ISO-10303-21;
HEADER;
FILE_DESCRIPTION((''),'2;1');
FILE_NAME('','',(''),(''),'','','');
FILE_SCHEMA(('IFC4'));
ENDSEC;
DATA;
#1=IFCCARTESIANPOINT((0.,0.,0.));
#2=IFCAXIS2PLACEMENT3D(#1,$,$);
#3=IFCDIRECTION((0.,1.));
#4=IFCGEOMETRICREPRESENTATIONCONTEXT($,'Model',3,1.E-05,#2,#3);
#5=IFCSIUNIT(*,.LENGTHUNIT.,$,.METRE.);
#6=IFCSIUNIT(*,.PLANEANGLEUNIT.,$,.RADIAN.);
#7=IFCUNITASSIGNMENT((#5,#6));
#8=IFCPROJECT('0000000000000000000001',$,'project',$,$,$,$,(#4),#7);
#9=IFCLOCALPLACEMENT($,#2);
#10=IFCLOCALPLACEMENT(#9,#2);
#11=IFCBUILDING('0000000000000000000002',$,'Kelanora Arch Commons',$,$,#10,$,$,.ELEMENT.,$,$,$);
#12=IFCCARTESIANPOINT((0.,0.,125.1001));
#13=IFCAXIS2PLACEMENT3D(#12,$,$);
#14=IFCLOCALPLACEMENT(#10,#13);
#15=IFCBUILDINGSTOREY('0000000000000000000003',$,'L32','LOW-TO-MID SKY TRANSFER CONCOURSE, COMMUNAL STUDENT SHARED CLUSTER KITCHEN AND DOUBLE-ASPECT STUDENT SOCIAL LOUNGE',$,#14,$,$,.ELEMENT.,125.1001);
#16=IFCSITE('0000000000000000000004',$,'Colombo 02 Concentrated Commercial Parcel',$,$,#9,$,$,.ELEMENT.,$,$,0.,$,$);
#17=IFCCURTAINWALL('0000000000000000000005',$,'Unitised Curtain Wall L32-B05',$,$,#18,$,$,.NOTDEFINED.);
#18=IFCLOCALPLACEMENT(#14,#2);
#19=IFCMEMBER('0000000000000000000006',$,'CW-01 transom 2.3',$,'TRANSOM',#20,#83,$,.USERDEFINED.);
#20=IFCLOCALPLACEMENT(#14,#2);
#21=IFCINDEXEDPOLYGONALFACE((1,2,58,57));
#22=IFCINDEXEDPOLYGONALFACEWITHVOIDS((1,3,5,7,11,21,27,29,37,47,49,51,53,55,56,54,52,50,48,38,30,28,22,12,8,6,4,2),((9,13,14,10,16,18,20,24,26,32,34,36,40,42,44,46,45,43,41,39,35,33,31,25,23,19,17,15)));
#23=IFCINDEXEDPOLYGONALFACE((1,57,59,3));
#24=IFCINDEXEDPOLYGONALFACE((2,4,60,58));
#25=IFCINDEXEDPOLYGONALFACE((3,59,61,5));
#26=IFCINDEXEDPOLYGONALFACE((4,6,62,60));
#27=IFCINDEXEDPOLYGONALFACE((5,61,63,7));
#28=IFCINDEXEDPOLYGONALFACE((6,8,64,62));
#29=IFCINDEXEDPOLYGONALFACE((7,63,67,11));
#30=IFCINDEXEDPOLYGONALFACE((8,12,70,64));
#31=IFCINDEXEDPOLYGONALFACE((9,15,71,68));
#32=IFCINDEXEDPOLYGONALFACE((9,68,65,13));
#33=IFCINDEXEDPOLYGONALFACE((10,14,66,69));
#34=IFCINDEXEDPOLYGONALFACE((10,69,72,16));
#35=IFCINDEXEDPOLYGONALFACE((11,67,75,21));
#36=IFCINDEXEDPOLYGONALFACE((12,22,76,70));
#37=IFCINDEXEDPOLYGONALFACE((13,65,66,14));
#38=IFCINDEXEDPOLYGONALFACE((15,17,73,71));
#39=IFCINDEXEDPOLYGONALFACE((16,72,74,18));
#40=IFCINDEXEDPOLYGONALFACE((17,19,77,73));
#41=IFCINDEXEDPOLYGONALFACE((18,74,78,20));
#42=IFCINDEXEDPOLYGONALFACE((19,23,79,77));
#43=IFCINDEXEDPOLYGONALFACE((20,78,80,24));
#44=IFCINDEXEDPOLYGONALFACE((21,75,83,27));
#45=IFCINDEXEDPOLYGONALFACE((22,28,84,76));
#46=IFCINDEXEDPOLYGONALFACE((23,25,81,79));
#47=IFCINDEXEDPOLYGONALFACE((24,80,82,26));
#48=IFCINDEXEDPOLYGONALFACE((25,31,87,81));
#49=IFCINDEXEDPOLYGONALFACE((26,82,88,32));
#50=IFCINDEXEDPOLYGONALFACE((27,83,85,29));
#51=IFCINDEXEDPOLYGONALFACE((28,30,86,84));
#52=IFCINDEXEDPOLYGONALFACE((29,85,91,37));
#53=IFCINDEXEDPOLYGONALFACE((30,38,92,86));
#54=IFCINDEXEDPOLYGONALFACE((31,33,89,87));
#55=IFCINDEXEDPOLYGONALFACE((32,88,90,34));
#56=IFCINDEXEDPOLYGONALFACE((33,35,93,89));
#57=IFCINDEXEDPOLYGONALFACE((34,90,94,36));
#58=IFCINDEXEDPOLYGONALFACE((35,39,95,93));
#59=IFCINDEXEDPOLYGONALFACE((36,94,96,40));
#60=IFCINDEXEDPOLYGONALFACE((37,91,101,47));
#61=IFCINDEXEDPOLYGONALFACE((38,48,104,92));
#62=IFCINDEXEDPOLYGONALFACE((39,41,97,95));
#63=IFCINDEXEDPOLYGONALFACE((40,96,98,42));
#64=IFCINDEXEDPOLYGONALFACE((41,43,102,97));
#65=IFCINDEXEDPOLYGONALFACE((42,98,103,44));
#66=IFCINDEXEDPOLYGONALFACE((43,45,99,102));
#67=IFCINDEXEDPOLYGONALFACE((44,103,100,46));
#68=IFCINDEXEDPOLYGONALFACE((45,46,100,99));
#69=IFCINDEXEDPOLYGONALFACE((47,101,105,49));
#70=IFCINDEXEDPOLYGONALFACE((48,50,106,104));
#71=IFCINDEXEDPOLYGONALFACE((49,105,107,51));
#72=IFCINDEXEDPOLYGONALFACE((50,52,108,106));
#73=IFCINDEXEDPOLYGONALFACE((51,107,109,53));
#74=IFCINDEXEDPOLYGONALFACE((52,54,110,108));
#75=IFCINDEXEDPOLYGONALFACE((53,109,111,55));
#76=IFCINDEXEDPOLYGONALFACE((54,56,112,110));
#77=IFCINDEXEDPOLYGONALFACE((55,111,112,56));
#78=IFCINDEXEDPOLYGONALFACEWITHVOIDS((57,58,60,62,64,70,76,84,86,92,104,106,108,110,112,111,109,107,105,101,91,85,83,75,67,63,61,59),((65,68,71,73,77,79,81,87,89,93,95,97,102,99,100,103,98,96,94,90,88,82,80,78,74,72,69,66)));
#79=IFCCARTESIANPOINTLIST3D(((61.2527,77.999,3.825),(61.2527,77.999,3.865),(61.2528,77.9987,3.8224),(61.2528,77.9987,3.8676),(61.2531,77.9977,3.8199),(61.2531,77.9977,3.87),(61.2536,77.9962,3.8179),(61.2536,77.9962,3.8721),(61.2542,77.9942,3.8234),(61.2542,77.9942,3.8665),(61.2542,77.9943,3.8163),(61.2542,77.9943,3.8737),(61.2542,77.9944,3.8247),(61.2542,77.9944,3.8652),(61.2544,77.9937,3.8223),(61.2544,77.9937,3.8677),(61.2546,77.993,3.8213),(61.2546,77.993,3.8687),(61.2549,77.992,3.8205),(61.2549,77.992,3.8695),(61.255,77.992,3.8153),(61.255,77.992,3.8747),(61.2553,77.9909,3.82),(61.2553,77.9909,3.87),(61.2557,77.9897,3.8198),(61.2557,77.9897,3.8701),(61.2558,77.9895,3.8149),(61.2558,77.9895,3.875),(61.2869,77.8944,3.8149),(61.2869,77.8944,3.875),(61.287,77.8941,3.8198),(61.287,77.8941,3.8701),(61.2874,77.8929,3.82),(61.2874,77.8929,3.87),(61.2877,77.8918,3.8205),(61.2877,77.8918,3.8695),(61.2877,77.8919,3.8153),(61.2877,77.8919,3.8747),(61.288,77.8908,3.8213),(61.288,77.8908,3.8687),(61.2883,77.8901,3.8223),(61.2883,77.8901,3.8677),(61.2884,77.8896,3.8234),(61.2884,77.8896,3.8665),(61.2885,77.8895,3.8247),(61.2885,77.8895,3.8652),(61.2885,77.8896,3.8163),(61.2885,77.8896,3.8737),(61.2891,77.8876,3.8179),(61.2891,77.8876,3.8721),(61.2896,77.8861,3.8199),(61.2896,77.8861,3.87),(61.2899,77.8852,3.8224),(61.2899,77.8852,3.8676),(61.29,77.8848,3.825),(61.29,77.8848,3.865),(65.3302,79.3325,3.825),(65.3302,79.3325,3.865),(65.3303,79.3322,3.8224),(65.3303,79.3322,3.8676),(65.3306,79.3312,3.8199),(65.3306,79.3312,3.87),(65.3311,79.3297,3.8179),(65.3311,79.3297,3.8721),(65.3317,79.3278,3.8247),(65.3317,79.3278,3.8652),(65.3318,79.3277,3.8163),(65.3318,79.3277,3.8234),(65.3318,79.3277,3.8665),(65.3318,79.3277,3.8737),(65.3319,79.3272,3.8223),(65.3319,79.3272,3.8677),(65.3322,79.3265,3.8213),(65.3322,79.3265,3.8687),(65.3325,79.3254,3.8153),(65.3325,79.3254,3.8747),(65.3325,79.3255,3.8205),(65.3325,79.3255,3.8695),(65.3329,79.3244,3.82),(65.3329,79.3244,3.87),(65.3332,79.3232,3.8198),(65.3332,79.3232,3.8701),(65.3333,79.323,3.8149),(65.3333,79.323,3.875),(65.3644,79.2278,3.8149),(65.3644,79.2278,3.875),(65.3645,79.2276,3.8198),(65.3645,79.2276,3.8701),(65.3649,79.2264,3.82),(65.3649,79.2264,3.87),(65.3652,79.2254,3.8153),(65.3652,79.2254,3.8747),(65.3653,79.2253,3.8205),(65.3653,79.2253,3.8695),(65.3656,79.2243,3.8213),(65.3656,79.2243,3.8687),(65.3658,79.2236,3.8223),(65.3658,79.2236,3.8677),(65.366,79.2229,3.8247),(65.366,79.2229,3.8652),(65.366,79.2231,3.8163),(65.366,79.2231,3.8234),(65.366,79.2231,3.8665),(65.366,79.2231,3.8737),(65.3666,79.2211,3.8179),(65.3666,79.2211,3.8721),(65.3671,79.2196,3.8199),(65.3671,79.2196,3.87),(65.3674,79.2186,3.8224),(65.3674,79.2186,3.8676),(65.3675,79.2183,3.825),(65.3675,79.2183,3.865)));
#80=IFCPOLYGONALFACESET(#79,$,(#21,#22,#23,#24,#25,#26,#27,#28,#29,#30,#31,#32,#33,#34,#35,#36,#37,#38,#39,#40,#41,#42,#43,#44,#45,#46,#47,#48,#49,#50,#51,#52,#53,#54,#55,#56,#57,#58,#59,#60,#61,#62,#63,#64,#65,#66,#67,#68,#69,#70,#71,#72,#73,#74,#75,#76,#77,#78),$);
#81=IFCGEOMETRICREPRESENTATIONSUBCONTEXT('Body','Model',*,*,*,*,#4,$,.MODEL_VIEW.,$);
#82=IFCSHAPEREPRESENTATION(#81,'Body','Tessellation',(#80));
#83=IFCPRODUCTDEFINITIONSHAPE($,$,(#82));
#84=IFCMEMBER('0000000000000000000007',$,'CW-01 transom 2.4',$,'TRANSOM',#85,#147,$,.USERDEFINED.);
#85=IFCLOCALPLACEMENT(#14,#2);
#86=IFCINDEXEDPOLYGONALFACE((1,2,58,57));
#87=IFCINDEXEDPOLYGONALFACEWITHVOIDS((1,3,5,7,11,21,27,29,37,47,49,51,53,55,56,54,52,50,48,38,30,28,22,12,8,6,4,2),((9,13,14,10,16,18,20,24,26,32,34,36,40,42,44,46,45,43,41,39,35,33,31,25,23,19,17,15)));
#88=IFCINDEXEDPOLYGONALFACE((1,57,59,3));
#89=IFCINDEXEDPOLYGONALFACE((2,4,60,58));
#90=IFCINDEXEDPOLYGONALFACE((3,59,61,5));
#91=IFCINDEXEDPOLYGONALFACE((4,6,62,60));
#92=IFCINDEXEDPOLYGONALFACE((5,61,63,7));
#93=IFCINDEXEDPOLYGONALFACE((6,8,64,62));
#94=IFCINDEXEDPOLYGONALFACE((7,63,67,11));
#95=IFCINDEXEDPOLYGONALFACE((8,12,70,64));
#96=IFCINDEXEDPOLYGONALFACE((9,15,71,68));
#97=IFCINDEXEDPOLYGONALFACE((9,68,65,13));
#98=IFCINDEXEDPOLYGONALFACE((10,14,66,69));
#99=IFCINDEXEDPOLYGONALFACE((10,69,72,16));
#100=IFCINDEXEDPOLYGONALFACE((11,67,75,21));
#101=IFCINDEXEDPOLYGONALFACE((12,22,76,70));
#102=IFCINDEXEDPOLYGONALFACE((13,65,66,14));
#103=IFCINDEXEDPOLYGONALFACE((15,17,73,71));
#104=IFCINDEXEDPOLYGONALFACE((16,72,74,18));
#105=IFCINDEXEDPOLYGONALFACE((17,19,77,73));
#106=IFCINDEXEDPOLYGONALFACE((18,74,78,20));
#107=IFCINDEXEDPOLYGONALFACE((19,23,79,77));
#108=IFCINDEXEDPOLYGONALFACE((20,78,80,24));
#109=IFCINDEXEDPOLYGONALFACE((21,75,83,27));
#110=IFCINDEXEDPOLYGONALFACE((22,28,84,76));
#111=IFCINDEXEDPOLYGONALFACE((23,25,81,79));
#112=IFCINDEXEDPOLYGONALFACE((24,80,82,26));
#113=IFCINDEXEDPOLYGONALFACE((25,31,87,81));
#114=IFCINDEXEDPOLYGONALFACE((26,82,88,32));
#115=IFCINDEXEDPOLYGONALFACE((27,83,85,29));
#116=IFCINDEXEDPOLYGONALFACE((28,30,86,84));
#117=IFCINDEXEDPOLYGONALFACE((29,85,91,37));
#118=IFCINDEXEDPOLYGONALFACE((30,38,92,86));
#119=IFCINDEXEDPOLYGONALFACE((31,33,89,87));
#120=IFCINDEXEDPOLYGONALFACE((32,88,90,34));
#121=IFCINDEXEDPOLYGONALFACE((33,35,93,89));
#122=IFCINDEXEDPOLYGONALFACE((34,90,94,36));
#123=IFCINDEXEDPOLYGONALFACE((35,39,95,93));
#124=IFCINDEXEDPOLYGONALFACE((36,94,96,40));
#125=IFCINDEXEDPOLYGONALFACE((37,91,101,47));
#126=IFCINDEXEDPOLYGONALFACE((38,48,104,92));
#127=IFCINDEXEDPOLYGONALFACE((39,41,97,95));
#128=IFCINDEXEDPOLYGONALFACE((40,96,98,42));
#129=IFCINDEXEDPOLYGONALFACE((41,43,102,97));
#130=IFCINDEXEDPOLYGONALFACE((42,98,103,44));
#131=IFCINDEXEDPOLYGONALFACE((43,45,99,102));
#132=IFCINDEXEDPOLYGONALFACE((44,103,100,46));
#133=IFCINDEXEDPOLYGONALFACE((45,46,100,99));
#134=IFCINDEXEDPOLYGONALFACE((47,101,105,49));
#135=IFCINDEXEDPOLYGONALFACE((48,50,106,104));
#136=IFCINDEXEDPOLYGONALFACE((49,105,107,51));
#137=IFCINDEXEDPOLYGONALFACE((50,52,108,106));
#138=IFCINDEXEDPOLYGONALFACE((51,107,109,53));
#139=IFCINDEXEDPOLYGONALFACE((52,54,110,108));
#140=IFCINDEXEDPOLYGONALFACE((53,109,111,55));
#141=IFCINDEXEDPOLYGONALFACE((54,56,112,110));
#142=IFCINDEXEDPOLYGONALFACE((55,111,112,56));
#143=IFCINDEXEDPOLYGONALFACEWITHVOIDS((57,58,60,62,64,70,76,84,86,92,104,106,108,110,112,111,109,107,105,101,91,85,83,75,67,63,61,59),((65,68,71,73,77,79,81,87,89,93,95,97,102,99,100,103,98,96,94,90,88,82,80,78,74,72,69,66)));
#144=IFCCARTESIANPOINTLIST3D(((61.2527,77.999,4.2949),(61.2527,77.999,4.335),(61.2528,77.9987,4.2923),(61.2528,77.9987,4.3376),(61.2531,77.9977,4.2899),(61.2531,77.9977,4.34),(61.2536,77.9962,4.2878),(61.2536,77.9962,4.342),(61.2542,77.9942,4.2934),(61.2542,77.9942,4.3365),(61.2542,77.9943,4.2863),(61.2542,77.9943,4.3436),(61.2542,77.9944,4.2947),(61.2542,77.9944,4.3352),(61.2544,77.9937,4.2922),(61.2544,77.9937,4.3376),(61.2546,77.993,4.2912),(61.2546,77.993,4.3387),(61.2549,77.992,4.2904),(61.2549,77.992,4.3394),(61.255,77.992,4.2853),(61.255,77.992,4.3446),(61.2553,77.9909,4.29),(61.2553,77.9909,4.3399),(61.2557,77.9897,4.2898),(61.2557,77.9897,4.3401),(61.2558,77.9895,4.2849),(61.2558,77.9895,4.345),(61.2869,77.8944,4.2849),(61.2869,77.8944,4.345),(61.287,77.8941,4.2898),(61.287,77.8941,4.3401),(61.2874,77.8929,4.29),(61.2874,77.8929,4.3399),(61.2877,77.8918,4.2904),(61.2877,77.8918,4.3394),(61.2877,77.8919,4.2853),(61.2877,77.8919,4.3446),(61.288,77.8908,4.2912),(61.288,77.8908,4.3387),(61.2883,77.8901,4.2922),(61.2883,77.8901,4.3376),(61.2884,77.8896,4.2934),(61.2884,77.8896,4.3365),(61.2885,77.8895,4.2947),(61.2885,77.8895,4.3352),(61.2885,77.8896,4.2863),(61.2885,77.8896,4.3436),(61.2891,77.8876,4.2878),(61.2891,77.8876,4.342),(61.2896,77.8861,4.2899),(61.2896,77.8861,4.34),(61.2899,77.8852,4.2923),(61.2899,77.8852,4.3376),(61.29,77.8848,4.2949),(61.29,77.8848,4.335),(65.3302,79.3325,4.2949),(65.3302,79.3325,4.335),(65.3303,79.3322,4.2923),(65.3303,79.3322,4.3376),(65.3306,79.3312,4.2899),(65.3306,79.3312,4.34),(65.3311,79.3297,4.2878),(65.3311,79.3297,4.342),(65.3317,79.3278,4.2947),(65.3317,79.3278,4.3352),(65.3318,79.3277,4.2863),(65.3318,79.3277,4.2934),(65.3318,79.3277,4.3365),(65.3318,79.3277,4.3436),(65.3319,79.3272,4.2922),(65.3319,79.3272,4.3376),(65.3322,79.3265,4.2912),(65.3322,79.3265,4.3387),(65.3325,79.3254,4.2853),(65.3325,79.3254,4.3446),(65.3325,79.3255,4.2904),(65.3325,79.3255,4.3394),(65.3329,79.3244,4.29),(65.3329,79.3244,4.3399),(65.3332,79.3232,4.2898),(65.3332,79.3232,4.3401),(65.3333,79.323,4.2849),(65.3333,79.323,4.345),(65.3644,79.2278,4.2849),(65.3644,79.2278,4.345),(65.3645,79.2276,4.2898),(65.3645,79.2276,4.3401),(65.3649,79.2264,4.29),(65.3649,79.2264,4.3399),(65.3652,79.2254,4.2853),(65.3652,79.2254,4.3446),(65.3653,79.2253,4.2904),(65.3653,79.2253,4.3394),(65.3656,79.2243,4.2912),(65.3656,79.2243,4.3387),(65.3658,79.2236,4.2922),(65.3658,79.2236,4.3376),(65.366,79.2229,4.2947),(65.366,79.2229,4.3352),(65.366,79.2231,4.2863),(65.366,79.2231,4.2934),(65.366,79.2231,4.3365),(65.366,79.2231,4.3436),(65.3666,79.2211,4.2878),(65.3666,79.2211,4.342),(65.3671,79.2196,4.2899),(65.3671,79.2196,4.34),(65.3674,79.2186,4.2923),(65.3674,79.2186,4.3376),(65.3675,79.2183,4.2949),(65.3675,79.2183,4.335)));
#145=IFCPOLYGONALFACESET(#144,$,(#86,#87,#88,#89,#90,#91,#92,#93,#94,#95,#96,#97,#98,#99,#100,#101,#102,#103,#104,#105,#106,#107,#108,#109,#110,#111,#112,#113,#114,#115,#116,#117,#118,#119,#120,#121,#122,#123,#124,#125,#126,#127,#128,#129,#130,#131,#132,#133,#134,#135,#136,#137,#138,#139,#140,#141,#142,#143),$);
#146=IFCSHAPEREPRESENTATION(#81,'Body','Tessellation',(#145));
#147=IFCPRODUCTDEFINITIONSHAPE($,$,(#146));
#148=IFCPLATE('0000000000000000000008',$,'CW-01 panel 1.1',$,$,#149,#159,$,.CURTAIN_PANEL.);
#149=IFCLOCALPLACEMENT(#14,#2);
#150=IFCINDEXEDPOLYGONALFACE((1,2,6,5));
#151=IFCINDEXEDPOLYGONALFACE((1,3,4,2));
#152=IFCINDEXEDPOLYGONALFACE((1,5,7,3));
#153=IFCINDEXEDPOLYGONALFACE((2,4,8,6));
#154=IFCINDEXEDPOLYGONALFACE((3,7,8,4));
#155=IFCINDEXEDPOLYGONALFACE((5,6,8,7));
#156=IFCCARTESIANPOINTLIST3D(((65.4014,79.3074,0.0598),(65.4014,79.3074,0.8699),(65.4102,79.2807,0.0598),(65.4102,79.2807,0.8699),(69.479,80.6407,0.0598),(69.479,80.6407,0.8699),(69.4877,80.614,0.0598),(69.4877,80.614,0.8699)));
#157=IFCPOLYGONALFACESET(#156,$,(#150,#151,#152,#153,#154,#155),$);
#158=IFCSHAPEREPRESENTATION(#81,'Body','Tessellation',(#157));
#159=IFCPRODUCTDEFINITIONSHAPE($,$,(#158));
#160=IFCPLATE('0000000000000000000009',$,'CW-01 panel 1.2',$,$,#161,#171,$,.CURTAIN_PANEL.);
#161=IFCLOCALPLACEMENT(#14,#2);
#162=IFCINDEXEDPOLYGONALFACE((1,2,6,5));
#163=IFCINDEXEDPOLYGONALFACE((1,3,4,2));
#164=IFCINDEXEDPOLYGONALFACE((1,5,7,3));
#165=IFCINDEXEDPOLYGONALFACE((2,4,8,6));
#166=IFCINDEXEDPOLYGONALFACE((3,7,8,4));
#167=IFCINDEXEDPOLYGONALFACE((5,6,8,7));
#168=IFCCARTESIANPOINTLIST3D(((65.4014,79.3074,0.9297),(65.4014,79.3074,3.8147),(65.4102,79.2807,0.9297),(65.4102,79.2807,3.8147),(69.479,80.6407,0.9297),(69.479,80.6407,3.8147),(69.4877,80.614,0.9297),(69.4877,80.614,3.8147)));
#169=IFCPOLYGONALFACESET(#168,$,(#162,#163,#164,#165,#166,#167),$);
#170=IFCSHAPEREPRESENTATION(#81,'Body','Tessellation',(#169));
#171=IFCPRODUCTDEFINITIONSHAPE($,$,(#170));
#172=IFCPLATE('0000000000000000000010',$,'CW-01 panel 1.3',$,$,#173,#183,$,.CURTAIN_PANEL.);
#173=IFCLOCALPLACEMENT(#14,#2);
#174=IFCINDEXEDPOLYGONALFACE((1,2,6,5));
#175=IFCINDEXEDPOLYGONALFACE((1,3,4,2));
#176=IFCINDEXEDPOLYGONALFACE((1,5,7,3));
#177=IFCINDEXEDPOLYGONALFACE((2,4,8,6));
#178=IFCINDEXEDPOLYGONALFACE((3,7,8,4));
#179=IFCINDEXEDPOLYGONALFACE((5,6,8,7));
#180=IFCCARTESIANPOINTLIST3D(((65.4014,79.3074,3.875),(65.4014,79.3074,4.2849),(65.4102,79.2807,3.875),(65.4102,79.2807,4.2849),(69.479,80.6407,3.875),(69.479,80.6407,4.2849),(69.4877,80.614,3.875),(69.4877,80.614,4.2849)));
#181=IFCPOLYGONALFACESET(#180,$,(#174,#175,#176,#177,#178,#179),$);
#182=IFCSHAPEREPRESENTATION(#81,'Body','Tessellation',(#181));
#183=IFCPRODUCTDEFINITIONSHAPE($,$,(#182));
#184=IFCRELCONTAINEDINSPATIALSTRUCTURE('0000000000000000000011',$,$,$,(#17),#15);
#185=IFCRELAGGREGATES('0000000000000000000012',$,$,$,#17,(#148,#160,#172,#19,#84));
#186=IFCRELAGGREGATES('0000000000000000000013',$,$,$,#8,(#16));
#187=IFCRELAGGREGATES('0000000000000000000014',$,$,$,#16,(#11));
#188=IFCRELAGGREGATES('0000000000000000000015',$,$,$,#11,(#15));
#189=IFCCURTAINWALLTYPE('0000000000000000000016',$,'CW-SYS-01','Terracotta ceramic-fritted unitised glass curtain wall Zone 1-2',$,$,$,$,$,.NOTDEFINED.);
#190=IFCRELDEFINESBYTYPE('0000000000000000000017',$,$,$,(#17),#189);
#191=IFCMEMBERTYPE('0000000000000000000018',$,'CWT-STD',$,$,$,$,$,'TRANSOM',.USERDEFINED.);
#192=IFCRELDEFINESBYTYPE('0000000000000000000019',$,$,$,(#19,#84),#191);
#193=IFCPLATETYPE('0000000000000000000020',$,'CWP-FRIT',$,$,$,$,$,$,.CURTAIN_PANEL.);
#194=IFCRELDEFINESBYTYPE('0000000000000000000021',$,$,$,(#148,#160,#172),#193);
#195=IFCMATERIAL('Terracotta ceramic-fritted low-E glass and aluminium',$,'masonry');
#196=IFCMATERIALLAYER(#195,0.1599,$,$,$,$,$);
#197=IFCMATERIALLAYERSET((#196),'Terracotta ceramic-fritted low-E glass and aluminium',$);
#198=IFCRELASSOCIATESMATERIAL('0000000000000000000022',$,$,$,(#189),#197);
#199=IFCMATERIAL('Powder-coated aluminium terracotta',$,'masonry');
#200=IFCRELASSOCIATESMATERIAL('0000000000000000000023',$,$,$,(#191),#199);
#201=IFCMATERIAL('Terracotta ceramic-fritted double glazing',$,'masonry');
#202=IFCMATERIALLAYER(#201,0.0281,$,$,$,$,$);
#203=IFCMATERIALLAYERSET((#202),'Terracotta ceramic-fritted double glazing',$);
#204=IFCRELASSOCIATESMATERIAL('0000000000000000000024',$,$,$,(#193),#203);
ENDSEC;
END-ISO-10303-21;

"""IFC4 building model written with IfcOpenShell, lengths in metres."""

from ifc_helpers import new_model, si_unit, direction, frame, origin, origin_2d, place, context, subcontext, project, spatial, rectangle, hollow_rectangle, extrude, source, transform, mapped, material, layer, layer_set, material_profile, profile_set, type_object, element, aggregate, save


model = new_model("IFC4")

# Units and contexts
model_context = context("Model", 3, precision=1e-05, world=origin(), true_north=direction((0.0, 1.0)))
body_context = subcontext(model_context, "Body", "Model", "MODEL_VIEW")
ifc_project = project(units=[si_unit("LENGTHUNIT", "METRE"), si_unit("PLANEANGLEUNIT", "RADIAN")], contexts=[model_context])

# Site, building, storey
site_placement = place(None, origin())
site = spatial("IfcSite", under=ifc_project, at=site_placement, Name="Colombo 02 Concentrated Commercial Parcel", CompositionType="ELEMENT", RefElevation=0.0)
building_placement = place(site_placement, origin())
building = spatial("IfcBuilding", under=site, at=building_placement, Name="Kelanora Arch Commons", CompositionType="ELEMENT")
storey_placement = place(building_placement, frame((0.0, 0.0, 125.1001)))
storey = spatial("IfcBuildingStorey", under=building, at=storey_placement, Name="L32", Description="LOW-TO-MID SKY TRANSFER CONCOURSE, COMMUNAL STUDENT SHARED CLUSTER KITCHEN AND DOUBLE-ASPECT STUDENT SOCIAL LOUNGE", CompositionType="ELEMENT", Elevation=125.1001)

# Curtain wall, members, plates
ifc_material_1 = material(Name="Terracotta ceramic-fritted low-E glass and aluminium", Category="masonry")
ifc_layer_1 = layer(ifc_material_1, 0.1599)
ifc_layer_set_1 = layer_set([ifc_layer_1], Name="Terracotta ceramic-fritted low-E glass and aluminium")
curtain_wall_type = type_object("IfcCurtainWallType", Name="CW-SYS-01", Description="Terracotta ceramic-fritted unitised glass curtain wall Zone 1-2", PredefinedType="NOTDEFINED", material=ifc_layer_set_1)
curtain_wall_placement = place(storey_placement, origin())
curtain_wall = element("IfcCurtainWall", 1, at=curtain_wall_placement, inside=storey, type_object=curtain_wall_type, Name="Unitised Curtain Wall L32-B05", PredefinedType="NOTDEFINED")
ifc_material_2 = material(Name="Powder-coated aluminium terracotta", Category="masonry")
ifc_material_profile_1 = material_profile(ifc_material_2, hollow_rectangle(XDim=0.1201, YDim=0.0601, WallThickness=0.0049, InnerFilletRadius=0.0049, OuterFilletRadius=0.01, at=origin_2d()), Name="CWT120x60")
ifc_profile_set_1 = profile_set([ifc_material_profile_1], Name="Powder-coated aluminium terracotta")
member_type_1 = type_object("IfcMemberType", Name="CWT-STD", ElementType="TRANSOM", PredefinedType="USERDEFINED", material=ifc_profile_set_1)
member_1_placement = place(storey_placement, frame((65.3489, 79.2754, 3.845), z_axis=(-0.950466, -0.310828, 0.0), x_axis=(0.310828, -0.950466, 0.0)))
member_1 = element("IfcMember", 2, at=member_1_placement, type_object=member_type_1, Name="CW-01 transom 2.3", ObjectType="TRANSOM", PredefinedType="USERDEFINED", context=body_context, shape_type="SweptSolid", body=[
    extrude(hollow_rectangle(XDim=0.1201, YDim=0.0601, WallThickness=0.0049, InnerFilletRadius=0.0049, OuterFilletRadius=0.01, at=origin_2d()), origin(), (0.0, 0.0, 1.0), 4.29),
])
member_2_placement = place(storey_placement, frame((65.3489, 79.2754, 4.3149), z_axis=(-0.950466, -0.310828, 0.0), x_axis=(0.310828, -0.950466, 0.0)))
member_2 = element("IfcMember", 3, at=member_2_placement, type_object=member_type_1, Name="CW-01 transom 2.4", ObjectType="TRANSOM", PredefinedType="USERDEFINED", context=body_context, shape_type="SweptSolid", body=[
    extrude(hollow_rectangle(XDim=0.1201, YDim=0.0601, WallThickness=0.0049, InnerFilletRadius=0.0049, OuterFilletRadius=0.01, at=origin_2d()), origin(), (0.0, 0.0, 1.0), 4.29),
])
ifc_material_3 = material(Name="Terracotta ceramic-fritted double glazing", Category="masonry")
ifc_layer_2 = layer(ifc_material_3, 0.0281)
ifc_layer_set_2 = layer_set([ifc_layer_2], Name="Terracotta ceramic-fritted double glazing")
plate_type = type_object("IfcPlateType", Name="CWP-FRIT", PredefinedType="CURTAIN_PANEL", material=ifc_layer_set_2)
shared_shape_1 = source(origin(), body_context, "Body", "SweptSolid", [
    extrude(rectangle(XDim=4.29, YDim=0.0281, at=origin_2d()), origin(), (0.0, 0.0, 1.0), 0.8101),
])
plate_1_placement = place(storey_placement, frame((67.4446, 79.9607, 0.0598), z_axis=(0.0, 0.0, 1.0), x_axis=(-0.950474, -0.310805, 0.0)))
plate_1 = element("IfcPlate", 4, at=plate_1_placement, type_object=plate_type, Name="CW-01 panel 1.1", PredefinedType="CURTAIN_PANEL", context=body_context, shape_type="MappedRepresentation", body=[
    mapped(shared_shape_1, transform((0.0, 0.0, 0.0), scale=1.0)),
])
shared_shape_2 = source(origin(), body_context, "Body", "SweptSolid", [
    extrude(rectangle(XDim=4.29, YDim=0.0281, at=origin_2d()), origin(), (0.0, 0.0, 1.0), 2.885),
])
plate_2_placement = place(storey_placement, frame((67.4446, 79.9607, 0.9297), z_axis=(0.0, 0.0, 1.0), x_axis=(-0.950474, -0.310805, 0.0)))
plate_2 = element("IfcPlate", 5, at=plate_2_placement, type_object=plate_type, Name="CW-01 panel 1.2", PredefinedType="CURTAIN_PANEL", context=body_context, shape_type="MappedRepresentation", body=[
    mapped(shared_shape_2, transform((0.0, 0.0, 0.0), scale=1.0)),
])
shared_shape_3 = source(origin(), body_context, "Body", "SweptSolid", [
    extrude(rectangle(XDim=4.29, YDim=0.0281, at=origin_2d()), origin(), (0.0, 0.0, 1.0), 0.4099),
])
plate_3_placement = place(storey_placement, frame((67.4446, 79.9607, 3.875), z_axis=(0.0, 0.0, 1.0), x_axis=(-0.950474, -0.310805, 0.0)))
plate_3 = element("IfcPlate", 6, at=plate_3_placement, type_object=plate_type, Name="CW-01 panel 1.3", PredefinedType="CURTAIN_PANEL", context=body_context, shape_type="MappedRepresentation", body=[
    mapped(shared_shape_3, transform((0.0, 0.0, 0.0), scale=1.0)),
])
aggregate(curtain_wall, [plate_1, plate_2, plate_3, member_1, member_2])

save(model, "model.ifc")
